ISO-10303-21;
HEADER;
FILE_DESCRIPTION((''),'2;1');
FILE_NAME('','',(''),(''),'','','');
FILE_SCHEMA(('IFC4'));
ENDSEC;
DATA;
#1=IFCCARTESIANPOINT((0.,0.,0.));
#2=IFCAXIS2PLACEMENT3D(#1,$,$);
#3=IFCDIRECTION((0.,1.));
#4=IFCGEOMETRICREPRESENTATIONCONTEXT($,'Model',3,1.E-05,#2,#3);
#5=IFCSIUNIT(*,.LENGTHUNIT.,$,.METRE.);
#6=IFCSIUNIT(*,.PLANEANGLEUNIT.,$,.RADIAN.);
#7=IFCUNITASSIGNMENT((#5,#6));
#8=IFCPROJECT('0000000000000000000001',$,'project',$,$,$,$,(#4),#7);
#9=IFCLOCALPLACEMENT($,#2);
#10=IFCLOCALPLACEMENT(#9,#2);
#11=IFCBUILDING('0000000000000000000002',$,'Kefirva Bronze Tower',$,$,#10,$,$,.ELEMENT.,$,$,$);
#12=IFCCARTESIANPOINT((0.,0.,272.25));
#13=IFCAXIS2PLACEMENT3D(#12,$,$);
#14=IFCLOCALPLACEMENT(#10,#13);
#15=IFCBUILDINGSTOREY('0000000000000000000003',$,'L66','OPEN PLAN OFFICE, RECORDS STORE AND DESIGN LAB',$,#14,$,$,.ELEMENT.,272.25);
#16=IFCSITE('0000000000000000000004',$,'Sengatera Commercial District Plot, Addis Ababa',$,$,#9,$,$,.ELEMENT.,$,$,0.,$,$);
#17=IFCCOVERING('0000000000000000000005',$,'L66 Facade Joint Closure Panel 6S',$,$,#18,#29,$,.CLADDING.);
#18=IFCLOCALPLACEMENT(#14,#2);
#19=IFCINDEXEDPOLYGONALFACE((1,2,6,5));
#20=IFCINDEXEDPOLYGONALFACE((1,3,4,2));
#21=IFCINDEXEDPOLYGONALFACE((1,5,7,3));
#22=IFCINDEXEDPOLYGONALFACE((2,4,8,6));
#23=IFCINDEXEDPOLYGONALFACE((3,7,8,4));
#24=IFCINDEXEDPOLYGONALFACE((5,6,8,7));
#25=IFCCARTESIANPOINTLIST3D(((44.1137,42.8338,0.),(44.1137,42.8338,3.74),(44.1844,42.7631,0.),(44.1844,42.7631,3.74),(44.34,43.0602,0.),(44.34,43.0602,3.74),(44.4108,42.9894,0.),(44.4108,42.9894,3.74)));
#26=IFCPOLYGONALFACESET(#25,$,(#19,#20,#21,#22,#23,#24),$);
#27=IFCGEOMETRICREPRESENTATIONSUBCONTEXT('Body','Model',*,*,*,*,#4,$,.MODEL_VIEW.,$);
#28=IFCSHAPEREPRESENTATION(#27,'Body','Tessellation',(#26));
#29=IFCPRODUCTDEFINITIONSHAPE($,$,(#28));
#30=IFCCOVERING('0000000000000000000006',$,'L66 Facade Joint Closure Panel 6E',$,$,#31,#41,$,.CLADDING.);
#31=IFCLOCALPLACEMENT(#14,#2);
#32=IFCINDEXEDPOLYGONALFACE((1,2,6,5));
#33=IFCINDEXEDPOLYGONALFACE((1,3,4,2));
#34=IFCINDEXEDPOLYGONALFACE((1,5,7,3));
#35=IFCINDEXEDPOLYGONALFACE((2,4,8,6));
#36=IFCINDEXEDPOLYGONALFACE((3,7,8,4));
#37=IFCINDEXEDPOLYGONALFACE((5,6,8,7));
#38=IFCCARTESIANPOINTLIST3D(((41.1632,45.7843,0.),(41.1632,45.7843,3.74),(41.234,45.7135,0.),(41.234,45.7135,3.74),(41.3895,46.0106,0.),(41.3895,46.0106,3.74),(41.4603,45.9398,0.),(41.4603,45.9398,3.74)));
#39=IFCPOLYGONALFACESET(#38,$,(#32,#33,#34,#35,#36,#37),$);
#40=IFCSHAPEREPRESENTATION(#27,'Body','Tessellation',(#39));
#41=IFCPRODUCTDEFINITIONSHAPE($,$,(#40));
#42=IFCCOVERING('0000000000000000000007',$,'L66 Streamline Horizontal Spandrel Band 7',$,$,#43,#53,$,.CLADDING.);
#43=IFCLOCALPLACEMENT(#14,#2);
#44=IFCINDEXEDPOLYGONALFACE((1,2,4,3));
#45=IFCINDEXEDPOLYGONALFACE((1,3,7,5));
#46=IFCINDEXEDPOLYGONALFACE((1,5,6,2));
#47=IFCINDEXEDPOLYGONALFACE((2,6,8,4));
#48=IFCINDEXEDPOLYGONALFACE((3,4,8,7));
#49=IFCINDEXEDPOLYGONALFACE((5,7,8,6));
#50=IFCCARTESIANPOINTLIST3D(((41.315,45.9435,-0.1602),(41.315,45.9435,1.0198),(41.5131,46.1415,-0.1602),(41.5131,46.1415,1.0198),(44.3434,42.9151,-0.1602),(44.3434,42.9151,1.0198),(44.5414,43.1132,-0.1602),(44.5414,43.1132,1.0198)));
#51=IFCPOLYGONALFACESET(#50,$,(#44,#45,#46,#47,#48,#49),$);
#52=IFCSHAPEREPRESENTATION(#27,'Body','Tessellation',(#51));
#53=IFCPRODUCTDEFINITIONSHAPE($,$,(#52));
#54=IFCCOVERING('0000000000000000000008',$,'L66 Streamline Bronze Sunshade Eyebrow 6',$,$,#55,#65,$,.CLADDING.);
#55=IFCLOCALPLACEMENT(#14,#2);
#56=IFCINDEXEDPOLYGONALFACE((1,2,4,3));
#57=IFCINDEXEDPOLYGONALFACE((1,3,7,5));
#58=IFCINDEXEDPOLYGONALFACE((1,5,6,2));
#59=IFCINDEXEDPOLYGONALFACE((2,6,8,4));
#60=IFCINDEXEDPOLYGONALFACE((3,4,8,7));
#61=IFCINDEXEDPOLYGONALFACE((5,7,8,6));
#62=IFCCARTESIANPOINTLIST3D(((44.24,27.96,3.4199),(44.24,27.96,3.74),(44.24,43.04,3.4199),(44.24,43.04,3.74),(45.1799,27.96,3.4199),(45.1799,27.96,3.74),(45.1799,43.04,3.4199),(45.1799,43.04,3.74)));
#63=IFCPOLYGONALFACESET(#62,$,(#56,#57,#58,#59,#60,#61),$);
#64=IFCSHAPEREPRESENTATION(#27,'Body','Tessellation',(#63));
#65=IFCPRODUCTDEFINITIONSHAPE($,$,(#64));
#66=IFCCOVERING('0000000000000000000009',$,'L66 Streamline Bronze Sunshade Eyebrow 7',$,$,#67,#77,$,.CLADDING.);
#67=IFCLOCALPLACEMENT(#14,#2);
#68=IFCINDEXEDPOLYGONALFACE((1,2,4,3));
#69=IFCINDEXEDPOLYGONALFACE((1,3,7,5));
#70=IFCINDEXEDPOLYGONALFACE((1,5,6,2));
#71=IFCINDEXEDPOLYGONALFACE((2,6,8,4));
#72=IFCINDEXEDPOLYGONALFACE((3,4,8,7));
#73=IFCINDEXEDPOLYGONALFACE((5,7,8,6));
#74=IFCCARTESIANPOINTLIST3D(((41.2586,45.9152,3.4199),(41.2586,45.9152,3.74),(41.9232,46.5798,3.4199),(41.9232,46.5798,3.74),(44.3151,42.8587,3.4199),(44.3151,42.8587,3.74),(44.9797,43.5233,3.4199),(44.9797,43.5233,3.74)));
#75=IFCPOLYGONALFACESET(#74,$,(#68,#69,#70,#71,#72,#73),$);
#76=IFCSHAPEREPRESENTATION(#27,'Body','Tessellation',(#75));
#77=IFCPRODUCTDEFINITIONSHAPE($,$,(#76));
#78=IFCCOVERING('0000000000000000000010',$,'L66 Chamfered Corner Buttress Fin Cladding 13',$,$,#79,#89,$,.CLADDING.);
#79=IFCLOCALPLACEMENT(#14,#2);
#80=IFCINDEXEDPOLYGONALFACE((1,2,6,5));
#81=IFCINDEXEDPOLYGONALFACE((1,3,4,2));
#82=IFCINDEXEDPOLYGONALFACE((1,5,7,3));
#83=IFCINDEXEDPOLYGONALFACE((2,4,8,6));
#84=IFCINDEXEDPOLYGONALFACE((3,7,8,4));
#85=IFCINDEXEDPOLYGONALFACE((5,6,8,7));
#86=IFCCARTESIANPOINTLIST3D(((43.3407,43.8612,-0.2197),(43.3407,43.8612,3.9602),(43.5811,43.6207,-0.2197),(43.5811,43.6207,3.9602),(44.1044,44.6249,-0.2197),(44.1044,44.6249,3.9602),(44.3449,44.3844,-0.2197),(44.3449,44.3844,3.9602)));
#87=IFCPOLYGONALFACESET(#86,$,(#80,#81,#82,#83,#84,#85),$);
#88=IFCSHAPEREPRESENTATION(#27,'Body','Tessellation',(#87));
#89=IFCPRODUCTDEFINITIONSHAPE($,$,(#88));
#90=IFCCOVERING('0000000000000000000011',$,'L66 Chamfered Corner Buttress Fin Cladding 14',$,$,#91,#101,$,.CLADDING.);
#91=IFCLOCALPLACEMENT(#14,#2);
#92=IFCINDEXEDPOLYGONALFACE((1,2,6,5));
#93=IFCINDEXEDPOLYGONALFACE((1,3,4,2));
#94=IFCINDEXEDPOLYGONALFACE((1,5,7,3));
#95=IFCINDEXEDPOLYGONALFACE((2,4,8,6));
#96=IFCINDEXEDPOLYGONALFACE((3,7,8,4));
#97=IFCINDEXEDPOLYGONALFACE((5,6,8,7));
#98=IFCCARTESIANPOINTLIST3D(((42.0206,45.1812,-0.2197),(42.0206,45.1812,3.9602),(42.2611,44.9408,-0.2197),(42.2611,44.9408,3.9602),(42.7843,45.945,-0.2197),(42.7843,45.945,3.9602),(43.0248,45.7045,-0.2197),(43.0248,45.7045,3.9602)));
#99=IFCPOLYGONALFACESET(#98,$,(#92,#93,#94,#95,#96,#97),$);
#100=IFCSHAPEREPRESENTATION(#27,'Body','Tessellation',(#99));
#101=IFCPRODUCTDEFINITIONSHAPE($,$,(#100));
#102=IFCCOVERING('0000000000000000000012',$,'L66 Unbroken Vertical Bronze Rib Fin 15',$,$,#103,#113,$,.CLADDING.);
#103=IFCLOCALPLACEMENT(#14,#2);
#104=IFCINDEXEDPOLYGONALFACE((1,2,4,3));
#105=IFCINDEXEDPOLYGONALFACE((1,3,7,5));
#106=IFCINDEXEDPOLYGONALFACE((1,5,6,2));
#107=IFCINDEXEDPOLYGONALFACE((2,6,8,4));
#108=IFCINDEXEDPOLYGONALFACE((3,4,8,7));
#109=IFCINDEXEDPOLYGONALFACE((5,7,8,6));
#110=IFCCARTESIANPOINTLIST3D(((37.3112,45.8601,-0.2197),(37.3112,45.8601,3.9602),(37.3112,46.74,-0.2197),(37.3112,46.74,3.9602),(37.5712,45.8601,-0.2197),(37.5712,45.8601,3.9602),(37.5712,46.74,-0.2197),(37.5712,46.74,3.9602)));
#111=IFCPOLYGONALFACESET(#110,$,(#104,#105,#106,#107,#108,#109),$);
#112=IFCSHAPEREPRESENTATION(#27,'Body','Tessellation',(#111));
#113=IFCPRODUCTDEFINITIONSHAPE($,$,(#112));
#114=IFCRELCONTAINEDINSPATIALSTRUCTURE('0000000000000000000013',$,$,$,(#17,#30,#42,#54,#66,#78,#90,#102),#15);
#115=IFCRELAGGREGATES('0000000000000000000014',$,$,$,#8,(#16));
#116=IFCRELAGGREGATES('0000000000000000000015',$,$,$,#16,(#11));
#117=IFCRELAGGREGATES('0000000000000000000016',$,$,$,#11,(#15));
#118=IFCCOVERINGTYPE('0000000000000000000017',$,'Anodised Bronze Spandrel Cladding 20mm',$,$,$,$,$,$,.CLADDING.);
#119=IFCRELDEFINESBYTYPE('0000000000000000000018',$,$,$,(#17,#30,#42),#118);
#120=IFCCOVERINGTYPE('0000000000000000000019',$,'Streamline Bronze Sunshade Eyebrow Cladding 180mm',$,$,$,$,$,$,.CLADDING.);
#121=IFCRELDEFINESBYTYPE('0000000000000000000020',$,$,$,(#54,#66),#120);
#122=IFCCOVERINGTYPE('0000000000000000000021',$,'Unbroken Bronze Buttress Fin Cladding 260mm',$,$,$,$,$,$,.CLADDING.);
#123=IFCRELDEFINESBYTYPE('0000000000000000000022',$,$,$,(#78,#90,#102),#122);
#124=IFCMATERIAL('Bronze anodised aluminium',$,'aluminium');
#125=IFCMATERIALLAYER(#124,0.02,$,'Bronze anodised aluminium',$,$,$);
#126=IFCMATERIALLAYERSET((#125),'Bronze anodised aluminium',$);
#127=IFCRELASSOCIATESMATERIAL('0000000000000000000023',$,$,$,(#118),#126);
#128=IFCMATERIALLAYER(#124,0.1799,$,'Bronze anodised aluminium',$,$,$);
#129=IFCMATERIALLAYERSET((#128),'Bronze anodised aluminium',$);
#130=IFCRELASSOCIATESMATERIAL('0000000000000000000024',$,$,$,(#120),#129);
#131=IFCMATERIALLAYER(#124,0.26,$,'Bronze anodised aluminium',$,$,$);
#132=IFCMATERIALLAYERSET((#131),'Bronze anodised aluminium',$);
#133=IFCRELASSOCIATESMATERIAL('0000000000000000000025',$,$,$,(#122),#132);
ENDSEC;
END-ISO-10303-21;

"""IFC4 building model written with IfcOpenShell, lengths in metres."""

from ifc_helpers import new_model, si_unit, direction, frame, origin, origin_2d, place, context, subcontext, project, spatial, rectangle, extrude, material, layer, layer_set, type_object, element, save


model = new_model("IFC4")

# Units and contexts
model_context = context("Model", 3, precision=1e-05, world=origin(), true_north=direction((0.0, 1.0)))
body_context = subcontext(model_context, "Body", "Model", "MODEL_VIEW")
ifc_project = project(units=[si_unit("LENGTHUNIT", "METRE"), si_unit("PLANEANGLEUNIT", "RADIAN")], contexts=[model_context])

# Site, building, storey
site_placement = place(None, origin())
site = spatial("IfcSite", under=ifc_project, at=site_placement, Name="Sengatera Commercial District Plot, Addis Ababa", CompositionType="ELEMENT", RefElevation=0.0)
building_placement = place(site_placement, origin())
building = spatial("IfcBuilding", under=site, at=building_placement, Name="Kefirva Bronze Tower", CompositionType="ELEMENT")
storey_placement = place(building_placement, frame((0.0, 0.0, 272.25)))
storey = spatial("IfcBuildingStorey", under=building, at=storey_placement, Name="L66", Description="OPEN PLAN OFFICE, RECORDS STORE AND DESIGN LAB", CompositionType="ELEMENT", Elevation=272.25)

# Shared definitions
ifc_material_1 = material(Name="Bronze anodised aluminium", Category="aluminium")

# Coverings
ifc_layer_1 = layer(ifc_material_1, 0.02, Name="Bronze anodised aluminium")
ifc_layer_set_1 = layer_set([ifc_layer_1], Name="Bronze anodised aluminium")
covering_type_1 = type_object("IfcCoveringType", Name="Anodised Bronze Spandrel Cladding 20mm", PredefinedType="CLADDING", material=ifc_layer_set_1)
for number, where, z_axis, x_axis, name in (
    (1, (44.2622, 42.9116, 0.0), (0.0, 0.0, 1.0), (-0.707107, 0.707107, 0.0), "L66 Facade Joint Closure Panel 6S"),
    (2, (41.3118, 45.8621, 0.0), (0.0, 0.0, 1.0), (-0.707107, 0.707107, 0.0), "L66 Facade Joint Closure Panel 6E"),
):
    element("IfcCovering", number, at=place(storey_placement, frame(where, z_axis=z_axis, x_axis=x_axis)), inside=storey, type_object=covering_type_1, Name=name, PredefinedType="CLADDING", context=body_context, shape_type="SweptSolid", body=[
        extrude(rectangle(XDim=0.1001, YDim=0.3201, at=origin_2d()), origin(), (0.0, 0.0, 1.0), 3.74),
    ])
covering_1_placement = place(storey_placement, frame((42.9282, 44.5283, -0.1602), z_axis=(0.0, 0.0, 1.0), x_axis=(-0.707107, 0.707107, 0.0)))
element("IfcCovering", 3, at=covering_1_placement, inside=storey, type_object=covering_type_1, Name="L66 Streamline Horizontal Spandrel Band 7", PredefinedType="CLADDING", context=body_context, shape_type="SweptSolid", body=[
    extrude(rectangle(XDim=4.2827, YDim=0.28, at=origin_2d()), origin(), (0.0, 0.0, 1.0), 1.1799),
])
ifc_layer_2 = layer(ifc_material_1, 0.1799, Name="Bronze anodised aluminium")
ifc_layer_set_2 = layer_set([ifc_layer_2], Name="Bronze anodised aluminium")
covering_type_2 = type_object("IfcCoveringType", Name="Streamline Bronze Sunshade Eyebrow Cladding 180mm", PredefinedType="CLADDING", material=ifc_layer_set_2)
covering_2_placement = place(storey_placement, frame((44.71, 35.5, 3.4199), z_axis=(0.0, 0.0, 1.0), x_axis=(0.0, 1.0, 0.0)))
element("IfcCovering", 4, at=covering_2_placement, inside=storey, type_object=covering_type_2, Name="L66 Streamline Bronze Sunshade Eyebrow 6", PredefinedType="CLADDING", context=body_context, shape_type="SweptSolid", body=[
    extrude(rectangle(XDim=15.0801, YDim=0.9399, at=origin_2d()), origin(), (0.0, 0.0, 1.0), 0.3201),
])
covering_3_placement = place(storey_placement, frame((43.1191, 44.7192, 3.4199), z_axis=(0.0, 0.0, 1.0), x_axis=(-0.707107, 0.707107, 0.0)))
element("IfcCovering", 5, at=covering_3_placement, inside=storey, type_object=covering_type_2, Name="L66 Streamline Bronze Sunshade Eyebrow 7", PredefinedType="CLADDING", context=body_context, shape_type="SweptSolid", body=[
    extrude(rectangle(XDim=4.3225, YDim=0.9399, at=origin_2d()), origin(), (0.0, 0.0, 1.0), 0.3201),
])
ifc_layer_3 = layer(ifc_material_1, 0.26, Name="Bronze anodised aluminium")
ifc_layer_set_3 = layer_set([ifc_layer_3], Name="Bronze anodised aluminium")
covering_type_3 = type_object("IfcCoveringType", Name="Unbroken Bronze Buttress Fin Cladding 260mm", PredefinedType="CLADDING", material=ifc_layer_set_3)
for number, where, z_axis, x_axis, name in (
    (6, (43.8428, 44.1228, -0.2197), (0.0, 0.0, 1.0), (-0.707107, 0.707107, 0.0), "L66 Chamfered Corner Buttress Fin Cladding 13"),
    (7, (42.5227, 45.4429, -0.2197), (0.0, 0.0, 1.0), (-0.707107, 0.707107, 0.0), "L66 Chamfered Corner Buttress Fin Cladding 14"),
):
    element("IfcCovering", number, at=place(storey_placement, frame(where, z_axis=z_axis, x_axis=x_axis)), inside=storey, type_object=covering_type_3, Name=name, PredefinedType="CLADDING", context=body_context, shape_type="SweptSolid", body=[
        extrude(rectangle(XDim=0.3401, YDim=1.0801, at=origin_2d()), origin(), (0.0, 0.0, 1.0), 4.1799),
    ])
covering_4_placement = place(storey_placement, frame((37.4412, 46.3, -0.2197), z_axis=(0.0, 0.0, 1.0), x_axis=(-1.0, 0.0, 0.0)))
element("IfcCovering", 8, at=covering_4_placement, inside=storey, type_object=covering_type_3, Name="L66 Unbroken Vertical Bronze Rib Fin 15", PredefinedType="CLADDING", context=body_context, shape_type="SweptSolid", body=[
    extrude(rectangle(XDim=0.26, YDim=0.8799, at=origin_2d()), origin(), (0.0, 0.0, 1.0), 4.1799),
])

save(model, "model.ifc")
